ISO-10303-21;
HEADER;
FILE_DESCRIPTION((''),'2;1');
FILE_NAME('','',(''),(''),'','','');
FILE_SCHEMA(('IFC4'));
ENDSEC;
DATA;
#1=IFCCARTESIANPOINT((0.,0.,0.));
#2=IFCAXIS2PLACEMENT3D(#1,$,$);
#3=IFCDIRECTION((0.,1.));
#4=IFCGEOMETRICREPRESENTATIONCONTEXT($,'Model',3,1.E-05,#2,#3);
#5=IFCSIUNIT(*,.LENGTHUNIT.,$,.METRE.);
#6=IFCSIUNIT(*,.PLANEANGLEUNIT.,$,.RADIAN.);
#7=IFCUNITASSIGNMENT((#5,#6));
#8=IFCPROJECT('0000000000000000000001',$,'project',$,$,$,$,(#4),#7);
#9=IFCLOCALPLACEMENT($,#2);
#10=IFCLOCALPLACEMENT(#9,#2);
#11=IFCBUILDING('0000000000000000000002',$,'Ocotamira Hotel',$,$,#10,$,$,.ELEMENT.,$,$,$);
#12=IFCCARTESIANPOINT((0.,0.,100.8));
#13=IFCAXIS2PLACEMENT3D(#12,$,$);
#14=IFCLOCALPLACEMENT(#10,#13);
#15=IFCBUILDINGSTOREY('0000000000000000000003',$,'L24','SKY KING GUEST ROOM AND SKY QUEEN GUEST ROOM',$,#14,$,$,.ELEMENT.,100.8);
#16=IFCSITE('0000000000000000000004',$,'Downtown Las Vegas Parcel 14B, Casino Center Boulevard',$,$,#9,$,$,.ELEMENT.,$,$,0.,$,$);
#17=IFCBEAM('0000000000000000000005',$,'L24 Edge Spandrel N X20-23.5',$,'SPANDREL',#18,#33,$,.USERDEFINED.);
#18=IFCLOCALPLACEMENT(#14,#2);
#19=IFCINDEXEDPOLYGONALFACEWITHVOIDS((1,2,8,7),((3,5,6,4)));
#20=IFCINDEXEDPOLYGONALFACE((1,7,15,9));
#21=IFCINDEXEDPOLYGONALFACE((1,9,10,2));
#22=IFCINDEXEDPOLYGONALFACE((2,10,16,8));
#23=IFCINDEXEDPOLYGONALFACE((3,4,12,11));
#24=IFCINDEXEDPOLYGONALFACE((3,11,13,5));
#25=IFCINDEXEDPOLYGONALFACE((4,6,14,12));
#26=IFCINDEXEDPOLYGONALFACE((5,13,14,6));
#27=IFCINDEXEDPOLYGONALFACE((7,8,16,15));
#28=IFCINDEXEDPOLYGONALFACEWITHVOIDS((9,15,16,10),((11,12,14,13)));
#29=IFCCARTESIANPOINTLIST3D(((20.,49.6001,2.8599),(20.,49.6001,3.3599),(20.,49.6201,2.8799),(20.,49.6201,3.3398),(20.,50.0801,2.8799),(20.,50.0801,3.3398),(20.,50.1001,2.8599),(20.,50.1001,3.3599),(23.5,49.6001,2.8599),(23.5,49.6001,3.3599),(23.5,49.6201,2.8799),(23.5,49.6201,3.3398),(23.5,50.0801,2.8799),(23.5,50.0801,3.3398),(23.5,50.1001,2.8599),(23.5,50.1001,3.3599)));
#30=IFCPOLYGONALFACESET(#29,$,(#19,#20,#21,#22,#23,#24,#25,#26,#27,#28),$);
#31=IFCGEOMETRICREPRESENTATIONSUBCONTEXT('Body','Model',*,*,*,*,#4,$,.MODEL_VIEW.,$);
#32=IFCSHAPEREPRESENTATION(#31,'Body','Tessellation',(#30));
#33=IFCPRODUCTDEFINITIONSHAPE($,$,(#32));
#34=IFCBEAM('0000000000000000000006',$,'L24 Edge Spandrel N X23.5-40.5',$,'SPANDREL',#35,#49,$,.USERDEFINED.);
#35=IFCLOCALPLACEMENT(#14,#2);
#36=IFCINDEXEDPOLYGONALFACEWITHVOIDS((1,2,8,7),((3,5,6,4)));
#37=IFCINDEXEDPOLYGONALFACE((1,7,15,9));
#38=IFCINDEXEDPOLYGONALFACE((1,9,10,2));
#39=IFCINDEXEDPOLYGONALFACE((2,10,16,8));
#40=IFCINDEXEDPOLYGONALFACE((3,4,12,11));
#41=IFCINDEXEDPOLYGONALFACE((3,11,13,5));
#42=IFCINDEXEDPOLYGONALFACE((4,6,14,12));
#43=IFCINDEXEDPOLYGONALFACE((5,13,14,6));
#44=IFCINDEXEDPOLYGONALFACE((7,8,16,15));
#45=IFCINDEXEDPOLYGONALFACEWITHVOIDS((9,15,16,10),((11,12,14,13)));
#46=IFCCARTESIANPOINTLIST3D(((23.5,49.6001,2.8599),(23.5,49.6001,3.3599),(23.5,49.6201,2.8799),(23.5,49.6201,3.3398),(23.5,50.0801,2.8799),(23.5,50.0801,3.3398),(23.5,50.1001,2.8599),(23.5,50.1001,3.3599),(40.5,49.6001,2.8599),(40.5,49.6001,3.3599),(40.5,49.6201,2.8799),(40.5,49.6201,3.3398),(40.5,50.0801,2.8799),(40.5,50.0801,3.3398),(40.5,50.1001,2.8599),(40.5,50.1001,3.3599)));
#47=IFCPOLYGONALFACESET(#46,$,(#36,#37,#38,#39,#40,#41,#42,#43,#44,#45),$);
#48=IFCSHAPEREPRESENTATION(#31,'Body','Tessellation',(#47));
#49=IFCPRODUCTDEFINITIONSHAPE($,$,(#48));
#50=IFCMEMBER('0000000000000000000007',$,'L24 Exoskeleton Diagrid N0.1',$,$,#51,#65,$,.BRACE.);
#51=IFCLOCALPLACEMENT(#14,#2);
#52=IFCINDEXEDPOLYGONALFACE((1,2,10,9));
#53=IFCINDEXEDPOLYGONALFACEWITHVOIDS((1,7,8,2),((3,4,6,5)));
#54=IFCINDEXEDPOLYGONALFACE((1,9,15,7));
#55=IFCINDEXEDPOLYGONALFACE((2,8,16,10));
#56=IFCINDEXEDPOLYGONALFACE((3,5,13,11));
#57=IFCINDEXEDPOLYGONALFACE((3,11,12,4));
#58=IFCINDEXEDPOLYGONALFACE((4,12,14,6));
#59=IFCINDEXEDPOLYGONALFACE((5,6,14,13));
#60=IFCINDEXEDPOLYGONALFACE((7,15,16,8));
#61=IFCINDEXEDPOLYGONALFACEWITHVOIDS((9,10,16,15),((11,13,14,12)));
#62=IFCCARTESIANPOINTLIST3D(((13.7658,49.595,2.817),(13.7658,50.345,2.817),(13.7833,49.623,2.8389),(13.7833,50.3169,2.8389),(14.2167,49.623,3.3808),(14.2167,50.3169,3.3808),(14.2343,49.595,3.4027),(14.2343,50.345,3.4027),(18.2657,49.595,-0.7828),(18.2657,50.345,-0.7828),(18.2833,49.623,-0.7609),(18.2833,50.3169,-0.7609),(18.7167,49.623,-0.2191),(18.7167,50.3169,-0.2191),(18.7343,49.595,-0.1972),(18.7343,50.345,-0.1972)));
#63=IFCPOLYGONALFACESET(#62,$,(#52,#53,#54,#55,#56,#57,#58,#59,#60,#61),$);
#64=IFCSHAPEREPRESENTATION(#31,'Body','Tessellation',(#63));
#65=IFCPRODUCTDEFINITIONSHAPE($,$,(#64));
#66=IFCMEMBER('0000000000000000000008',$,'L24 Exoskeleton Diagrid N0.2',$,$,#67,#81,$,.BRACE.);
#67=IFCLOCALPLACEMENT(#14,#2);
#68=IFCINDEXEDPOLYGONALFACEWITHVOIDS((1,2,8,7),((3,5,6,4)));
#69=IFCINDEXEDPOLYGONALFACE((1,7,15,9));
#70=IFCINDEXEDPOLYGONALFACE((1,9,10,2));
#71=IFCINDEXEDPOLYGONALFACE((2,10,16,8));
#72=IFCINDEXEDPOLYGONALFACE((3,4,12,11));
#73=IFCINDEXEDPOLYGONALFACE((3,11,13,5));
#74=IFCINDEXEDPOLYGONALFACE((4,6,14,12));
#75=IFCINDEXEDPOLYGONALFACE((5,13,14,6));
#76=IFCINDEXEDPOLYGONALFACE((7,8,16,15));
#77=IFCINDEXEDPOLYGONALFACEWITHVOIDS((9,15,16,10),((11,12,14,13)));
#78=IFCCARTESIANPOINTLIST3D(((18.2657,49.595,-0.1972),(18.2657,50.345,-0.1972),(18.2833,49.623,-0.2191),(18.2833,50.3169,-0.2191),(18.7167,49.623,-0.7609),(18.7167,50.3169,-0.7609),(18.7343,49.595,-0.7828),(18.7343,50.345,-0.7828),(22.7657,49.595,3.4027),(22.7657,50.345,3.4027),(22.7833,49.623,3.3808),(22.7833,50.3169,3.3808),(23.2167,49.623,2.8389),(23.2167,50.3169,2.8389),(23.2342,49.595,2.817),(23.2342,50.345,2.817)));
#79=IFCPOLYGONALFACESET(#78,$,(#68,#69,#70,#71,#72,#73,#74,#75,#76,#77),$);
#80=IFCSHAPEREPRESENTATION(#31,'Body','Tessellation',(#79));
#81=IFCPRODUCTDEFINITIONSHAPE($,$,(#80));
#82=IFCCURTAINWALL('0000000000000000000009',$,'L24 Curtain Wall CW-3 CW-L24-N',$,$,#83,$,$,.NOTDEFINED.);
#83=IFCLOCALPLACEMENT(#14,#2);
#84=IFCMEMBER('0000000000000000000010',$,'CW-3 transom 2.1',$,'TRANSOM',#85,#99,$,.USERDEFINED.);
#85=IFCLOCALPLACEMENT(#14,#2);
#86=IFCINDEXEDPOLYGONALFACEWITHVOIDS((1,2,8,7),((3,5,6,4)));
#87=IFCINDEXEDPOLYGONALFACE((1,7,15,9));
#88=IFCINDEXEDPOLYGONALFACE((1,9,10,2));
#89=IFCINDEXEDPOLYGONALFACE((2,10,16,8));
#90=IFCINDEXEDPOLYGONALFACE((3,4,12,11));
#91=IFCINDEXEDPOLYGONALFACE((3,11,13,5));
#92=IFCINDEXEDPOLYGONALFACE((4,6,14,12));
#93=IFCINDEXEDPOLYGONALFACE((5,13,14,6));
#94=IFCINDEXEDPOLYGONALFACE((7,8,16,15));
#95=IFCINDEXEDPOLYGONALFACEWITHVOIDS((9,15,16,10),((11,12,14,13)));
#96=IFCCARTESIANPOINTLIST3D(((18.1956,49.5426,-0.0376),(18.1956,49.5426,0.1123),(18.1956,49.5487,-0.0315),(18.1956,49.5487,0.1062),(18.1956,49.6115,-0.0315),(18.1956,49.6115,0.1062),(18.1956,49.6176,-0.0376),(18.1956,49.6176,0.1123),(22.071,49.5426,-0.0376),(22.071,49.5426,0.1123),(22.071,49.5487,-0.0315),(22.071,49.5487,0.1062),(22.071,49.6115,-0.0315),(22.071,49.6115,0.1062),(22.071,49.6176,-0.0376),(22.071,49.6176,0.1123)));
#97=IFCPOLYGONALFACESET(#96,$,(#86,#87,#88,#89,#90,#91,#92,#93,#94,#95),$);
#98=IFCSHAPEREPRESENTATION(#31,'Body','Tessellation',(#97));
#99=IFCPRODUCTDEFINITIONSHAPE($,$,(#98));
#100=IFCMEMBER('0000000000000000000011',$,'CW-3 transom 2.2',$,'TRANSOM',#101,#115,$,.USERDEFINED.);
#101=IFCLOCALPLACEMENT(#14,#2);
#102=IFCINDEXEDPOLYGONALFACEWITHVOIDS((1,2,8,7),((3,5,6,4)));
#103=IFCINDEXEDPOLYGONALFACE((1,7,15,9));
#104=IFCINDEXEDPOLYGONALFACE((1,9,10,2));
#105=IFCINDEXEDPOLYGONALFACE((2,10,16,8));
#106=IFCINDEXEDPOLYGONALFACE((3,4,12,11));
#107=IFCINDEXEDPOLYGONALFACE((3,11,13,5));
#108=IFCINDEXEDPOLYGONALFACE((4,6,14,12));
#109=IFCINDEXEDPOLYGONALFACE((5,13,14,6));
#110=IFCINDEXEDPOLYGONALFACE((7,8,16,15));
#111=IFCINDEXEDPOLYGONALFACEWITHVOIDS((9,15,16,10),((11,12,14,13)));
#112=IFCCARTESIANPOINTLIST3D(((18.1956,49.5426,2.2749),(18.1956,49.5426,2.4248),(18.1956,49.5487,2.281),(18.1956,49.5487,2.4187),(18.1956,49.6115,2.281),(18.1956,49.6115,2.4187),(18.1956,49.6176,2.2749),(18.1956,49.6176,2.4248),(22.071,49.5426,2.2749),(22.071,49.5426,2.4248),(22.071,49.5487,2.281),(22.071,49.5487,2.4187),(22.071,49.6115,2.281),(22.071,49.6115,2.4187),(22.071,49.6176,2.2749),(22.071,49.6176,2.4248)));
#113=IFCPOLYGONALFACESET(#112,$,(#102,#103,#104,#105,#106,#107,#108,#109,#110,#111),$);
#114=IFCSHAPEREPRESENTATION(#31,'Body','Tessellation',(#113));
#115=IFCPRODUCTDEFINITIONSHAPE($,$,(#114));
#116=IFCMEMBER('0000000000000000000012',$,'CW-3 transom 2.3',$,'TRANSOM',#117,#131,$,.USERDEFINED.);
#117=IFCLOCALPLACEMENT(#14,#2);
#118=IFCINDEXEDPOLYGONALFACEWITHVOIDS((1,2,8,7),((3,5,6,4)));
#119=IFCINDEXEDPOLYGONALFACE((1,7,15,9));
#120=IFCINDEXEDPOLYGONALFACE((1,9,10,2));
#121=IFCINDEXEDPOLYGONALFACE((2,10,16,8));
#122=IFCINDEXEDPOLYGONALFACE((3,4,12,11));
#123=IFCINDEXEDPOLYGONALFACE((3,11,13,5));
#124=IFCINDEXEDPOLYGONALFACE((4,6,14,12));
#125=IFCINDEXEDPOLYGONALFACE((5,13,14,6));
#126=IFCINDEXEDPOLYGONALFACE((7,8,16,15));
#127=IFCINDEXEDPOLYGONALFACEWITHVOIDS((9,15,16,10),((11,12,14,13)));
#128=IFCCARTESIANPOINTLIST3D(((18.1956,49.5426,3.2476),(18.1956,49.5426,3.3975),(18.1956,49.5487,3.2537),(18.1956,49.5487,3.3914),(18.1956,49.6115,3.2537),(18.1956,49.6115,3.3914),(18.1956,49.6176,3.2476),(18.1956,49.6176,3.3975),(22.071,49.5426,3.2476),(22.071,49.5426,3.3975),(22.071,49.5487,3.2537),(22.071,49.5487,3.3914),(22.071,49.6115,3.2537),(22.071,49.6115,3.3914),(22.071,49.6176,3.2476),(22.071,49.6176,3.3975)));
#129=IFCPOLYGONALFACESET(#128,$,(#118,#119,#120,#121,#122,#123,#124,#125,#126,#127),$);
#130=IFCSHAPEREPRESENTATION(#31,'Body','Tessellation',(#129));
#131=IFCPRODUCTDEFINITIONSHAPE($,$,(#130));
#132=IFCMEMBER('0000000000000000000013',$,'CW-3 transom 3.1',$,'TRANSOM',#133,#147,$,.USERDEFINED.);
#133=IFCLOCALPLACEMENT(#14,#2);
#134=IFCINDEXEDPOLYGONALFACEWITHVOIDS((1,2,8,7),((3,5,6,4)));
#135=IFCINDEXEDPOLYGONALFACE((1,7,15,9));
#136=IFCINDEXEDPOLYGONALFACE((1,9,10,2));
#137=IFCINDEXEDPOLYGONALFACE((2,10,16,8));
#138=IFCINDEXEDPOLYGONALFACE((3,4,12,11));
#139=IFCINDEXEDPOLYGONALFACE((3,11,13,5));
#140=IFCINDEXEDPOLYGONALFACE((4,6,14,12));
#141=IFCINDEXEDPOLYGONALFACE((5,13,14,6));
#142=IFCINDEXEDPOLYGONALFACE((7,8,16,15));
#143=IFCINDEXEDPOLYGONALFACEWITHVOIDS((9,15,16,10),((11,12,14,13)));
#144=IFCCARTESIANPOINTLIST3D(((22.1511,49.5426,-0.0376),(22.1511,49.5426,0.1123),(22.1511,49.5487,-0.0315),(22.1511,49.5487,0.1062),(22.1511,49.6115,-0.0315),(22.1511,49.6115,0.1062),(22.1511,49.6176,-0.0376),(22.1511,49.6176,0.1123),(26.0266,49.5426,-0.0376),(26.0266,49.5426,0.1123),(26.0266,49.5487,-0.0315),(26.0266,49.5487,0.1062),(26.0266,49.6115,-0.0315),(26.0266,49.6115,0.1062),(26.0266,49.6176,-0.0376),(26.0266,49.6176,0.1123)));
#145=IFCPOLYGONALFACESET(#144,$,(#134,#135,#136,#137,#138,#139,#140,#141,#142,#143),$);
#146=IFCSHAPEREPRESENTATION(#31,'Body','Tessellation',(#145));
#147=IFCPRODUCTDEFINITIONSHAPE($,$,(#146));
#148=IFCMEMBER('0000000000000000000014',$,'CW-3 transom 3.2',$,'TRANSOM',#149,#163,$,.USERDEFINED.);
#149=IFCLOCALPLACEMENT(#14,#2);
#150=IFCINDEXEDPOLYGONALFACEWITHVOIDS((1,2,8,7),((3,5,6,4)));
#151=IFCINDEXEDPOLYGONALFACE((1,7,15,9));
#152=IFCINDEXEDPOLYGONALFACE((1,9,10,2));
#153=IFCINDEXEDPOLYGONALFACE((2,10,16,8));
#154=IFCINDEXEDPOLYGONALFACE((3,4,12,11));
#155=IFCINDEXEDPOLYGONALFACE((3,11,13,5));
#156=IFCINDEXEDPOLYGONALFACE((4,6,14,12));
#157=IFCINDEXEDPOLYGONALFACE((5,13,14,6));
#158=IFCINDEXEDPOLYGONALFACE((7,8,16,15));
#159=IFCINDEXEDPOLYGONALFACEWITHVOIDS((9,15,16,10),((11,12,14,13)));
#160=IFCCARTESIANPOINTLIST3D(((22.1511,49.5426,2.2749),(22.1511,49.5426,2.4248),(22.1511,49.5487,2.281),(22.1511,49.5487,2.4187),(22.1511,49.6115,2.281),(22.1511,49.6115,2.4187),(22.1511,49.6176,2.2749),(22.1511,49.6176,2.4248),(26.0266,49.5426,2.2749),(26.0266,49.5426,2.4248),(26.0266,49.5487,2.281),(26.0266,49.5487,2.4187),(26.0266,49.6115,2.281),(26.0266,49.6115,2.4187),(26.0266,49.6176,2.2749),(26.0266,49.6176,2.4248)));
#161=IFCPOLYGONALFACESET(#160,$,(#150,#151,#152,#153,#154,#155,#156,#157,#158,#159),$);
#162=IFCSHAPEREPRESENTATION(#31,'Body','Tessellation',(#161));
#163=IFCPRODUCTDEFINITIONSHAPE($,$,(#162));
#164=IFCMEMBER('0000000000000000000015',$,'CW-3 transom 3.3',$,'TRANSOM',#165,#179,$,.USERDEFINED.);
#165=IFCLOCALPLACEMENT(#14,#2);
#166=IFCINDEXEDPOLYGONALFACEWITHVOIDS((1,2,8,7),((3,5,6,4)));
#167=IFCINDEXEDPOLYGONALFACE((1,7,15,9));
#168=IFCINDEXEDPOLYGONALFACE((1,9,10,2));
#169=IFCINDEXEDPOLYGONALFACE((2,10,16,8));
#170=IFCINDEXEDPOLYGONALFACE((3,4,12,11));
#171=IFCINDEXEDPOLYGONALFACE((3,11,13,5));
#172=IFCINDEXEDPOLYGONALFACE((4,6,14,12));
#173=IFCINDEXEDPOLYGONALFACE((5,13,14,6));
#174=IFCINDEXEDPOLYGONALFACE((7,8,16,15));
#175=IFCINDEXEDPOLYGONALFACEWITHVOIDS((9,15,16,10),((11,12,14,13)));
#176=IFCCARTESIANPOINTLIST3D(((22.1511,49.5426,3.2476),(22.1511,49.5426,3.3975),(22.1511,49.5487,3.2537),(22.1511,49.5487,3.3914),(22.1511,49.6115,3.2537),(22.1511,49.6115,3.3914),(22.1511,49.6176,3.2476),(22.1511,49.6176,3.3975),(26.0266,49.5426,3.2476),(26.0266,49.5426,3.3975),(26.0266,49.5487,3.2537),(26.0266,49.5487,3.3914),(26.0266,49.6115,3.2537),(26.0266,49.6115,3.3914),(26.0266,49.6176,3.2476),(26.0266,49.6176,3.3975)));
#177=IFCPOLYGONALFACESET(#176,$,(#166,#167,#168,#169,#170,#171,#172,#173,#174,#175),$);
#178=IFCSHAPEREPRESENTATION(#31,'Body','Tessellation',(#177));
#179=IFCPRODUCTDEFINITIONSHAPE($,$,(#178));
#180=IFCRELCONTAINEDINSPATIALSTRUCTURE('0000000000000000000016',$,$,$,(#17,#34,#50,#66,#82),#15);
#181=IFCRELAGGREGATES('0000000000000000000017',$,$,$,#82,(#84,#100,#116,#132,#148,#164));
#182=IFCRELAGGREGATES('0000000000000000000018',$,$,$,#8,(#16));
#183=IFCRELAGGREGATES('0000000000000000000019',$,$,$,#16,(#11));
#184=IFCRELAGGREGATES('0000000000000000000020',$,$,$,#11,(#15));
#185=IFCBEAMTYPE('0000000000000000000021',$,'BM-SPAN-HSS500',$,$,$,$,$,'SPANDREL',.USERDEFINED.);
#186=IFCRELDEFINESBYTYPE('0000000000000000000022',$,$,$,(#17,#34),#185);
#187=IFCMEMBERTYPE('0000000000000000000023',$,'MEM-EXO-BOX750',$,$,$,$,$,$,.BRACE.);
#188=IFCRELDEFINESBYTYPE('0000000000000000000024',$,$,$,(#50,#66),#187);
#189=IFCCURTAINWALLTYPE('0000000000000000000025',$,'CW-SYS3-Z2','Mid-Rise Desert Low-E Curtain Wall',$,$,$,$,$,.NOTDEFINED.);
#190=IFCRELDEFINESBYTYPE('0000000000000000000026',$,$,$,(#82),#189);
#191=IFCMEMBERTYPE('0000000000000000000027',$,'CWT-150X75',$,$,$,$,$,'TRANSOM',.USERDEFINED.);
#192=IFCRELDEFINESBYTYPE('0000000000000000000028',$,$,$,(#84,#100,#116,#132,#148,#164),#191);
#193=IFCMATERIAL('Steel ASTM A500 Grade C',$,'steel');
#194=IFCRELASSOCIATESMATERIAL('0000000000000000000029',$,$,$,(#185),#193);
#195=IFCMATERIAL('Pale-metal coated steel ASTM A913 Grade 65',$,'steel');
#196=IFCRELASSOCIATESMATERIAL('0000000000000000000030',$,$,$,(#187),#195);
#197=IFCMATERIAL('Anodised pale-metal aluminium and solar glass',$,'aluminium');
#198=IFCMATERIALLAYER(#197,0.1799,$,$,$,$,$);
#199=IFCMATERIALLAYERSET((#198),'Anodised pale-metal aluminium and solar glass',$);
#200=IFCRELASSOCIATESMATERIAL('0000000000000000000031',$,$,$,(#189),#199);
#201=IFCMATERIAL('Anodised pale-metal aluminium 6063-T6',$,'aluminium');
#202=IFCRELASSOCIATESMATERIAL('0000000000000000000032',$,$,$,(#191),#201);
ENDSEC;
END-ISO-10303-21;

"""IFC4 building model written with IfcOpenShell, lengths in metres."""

from ifc_helpers import new_model, si_unit, direction, frame, origin, origin_2d, place, context, subcontext, project, spatial, hollow_rectangle, extrude, source, transform, mapped, material, layer, layer_set, material_profile, profile_set, type_object, element, aggregate, save


model = new_model("IFC4")

# Units and contexts
model_context = context("Model", 3, precision=1e-05, world=origin(), true_north=direction((0.0, 1.0)))
body_context = subcontext(model_context, "Body", "Model", "MODEL_VIEW")
ifc_project = project(units=[si_unit("LENGTHUNIT", "METRE"), si_unit("PLANEANGLEUNIT", "RADIAN")], contexts=[model_context])

# Site, building, storey
site_placement = place(None, origin())
site = spatial("IfcSite", under=ifc_project, at=site_placement, Name="Downtown Las Vegas Parcel 14B, Casino Center Boulevard", CompositionType="ELEMENT", RefElevation=0.0)
building_placement = place(site_placement, origin())
building = spatial("IfcBuilding", under=site, at=building_placement, Name="Ocotamira Hotel", CompositionType="ELEMENT")
storey_placement = place(building_placement, frame((0.0, 0.0, 100.8)))
storey = spatial("IfcBuildingStorey", under=building, at=storey_placement, Name="L24", Description="SKY KING GUEST ROOM AND SKY QUEEN GUEST ROOM", CompositionType="ELEMENT", Elevation=100.8)

# Beams
ifc_material_1 = material(Name="Steel ASTM A500 Grade C", Category="steel")
ifc_material_profile_1 = material_profile(ifc_material_1, hollow_rectangle(XDim=0.5, YDim=0.5, WallThickness=0.02, at=origin_2d()), Name="HSS500X500X20")
ifc_profile_set_1 = profile_set([ifc_material_profile_1], Name="Steel ASTM A500 Grade C")
beam_type_1 = type_object("IfcBeamType", Name="BM-SPAN-HSS500", ElementType="SPANDREL", PredefinedType="USERDEFINED", material=ifc_profile_set_1)
shared_shape_1 = source(origin(), body_context, "Body", "SweptSolid", [
    extrude(hollow_rectangle(XDim=0.5, YDim=0.5, WallThickness=0.02, at=origin_2d()), origin(), (0.0, 0.0, 1.0), 3.5),
])
beam_1_placement = place(storey_placement, frame((20.0, 49.8501, 3.1099), z_axis=(1.0, 0.0, 0.0), x_axis=(0.0, 1.0, 0.0)))
element("IfcBeam", 1, at=beam_1_placement, inside=storey, type_object=beam_type_1, Name="L24 Edge Spandrel N X20-23.5", ObjectType="SPANDREL", PredefinedType="USERDEFINED", context=body_context, shape_type="MappedRepresentation", body=[
    mapped(shared_shape_1, transform((0.0, 0.0, 0.0), scale=1.0)),
])
shared_shape_2 = source(origin(), body_context, "Body", "SweptSolid", [
    extrude(hollow_rectangle(XDim=0.5, YDim=0.5, WallThickness=0.02, at=origin_2d()), origin(), (0.0, 0.0, 1.0), 17.0),
])
beam_2_placement = place(storey_placement, frame((23.5, 49.8501, 3.1099), z_axis=(1.0, 0.0, 0.0), x_axis=(0.0, 1.0, 0.0)))
element("IfcBeam", 2, at=beam_2_placement, inside=storey, type_object=beam_type_1, Name="L24 Edge Spandrel N X23.5-40.5", ObjectType="SPANDREL", PredefinedType="USERDEFINED", context=body_context, shape_type="MappedRepresentation", body=[
    mapped(shared_shape_2, transform((0.0, 0.0, 0.0), scale=1.0)),
])

# Members
ifc_material_2 = material(Name="Pale-metal coated steel ASTM A913 Grade 65", Category="steel")
ifc_material_profile_2 = material_profile(ifc_material_2, hollow_rectangle(XDim=0.75, YDim=0.75, WallThickness=0.0281, at=origin_2d()), Name="BOX750X750X28")
ifc_profile_set_2 = profile_set([ifc_material_profile_2], Name="Pale-metal coated steel ASTM A913 Grade 65")
member_type_1 = type_object("IfcMemberType", Name="MEM-EXO-BOX750", PredefinedType="BRACE", material=ifc_profile_set_2)
shared_shape_3 = source(origin(), body_context, "Body", "SweptSolid", [
    extrude(hollow_rectangle(XDim=0.75, YDim=0.75, WallThickness=0.0281, at=origin_2d()), origin(), (0.0, 0.0, 1.0), 5.7627),
])
for number, where, z_axis, x_axis, name in (
    (3, (18.5, 49.97, -0.49), (-0.780881, 0.0, 0.62468), (0.0, -1.0, 0.0), "L24 Exoskeleton Diagrid N0.1"),
    (4, (18.5, 49.97, -0.49), (0.780881, 0.0, 0.62468), (0.0, 1.0, 0.0), "L24 Exoskeleton Diagrid N0.2"),
):
    element("IfcMember", number, at=place(storey_placement, frame(where, z_axis=z_axis, x_axis=x_axis)), inside=storey, type_object=member_type_1, Name=name, PredefinedType="BRACE", context=body_context, shape_type="MappedRepresentation", body=[
        mapped(shared_shape_3, transform((0.0, 0.0, 0.0), scale=1.0)),
    ])

# Curtain wall, members
ifc_material_3 = material(Name="Anodised pale-metal aluminium and solar glass", Category="aluminium")
ifc_layer_1 = layer(ifc_material_3, 0.1799)
ifc_layer_set_1 = layer_set([ifc_layer_1], Name="Anodised pale-metal aluminium and solar glass")
curtain_wall_type = type_object("IfcCurtainWallType", Name="CW-SYS3-Z2", Description="Mid-Rise Desert Low-E Curtain Wall", PredefinedType="NOTDEFINED", material=ifc_layer_set_1)
curtain_wall_placement = place(storey_placement, origin())
curtain_wall = element("IfcCurtainWall", 5, at=curtain_wall_placement, inside=storey, type_object=curtain_wall_type, Name="L24 Curtain Wall CW-3 CW-L24-N", PredefinedType="NOTDEFINED")
ifc_material_4 = material(Name="Anodised pale-metal aluminium 6063-T6", Category="aluminium")
ifc_material_profile_3 = material_profile(ifc_material_4, hollow_rectangle(XDim=0.075, YDim=0.1499, WallThickness=0.0061, at=origin_2d()), Name="HSS150X75X6")
ifc_profile_set_3 = profile_set([ifc_material_profile_3], Name="Anodised pale-metal aluminium 6063-T6")
member_type_2 = type_object("IfcMemberType", Name="CWT-150X75", ElementType="TRANSOM", PredefinedType="USERDEFINED", material=ifc_profile_set_3)
shared_shape_4 = source(origin(), body_context, "Body", "SweptSolid", [
    extrude(hollow_rectangle(XDim=0.075, YDim=0.1499, WallThickness=0.0061, at=origin_2d()), origin(), (0.0, 0.0, 1.0), 3.8755),
])
member_1_placement = place(storey_placement, frame((18.1956, 49.5801, 0.0374), z_axis=(1.0, 0.0, 0.0), x_axis=(0.0, 1.0, 0.0)))
member_1 = element("IfcMember", 6, at=member_1_placement, type_object=member_type_2, Name="CW-3 transom 2.1", ObjectType="TRANSOM", PredefinedType="USERDEFINED", context=body_context, shape_type="MappedRepresentation", body=[
    mapped(shared_shape_4, transform((0.0, 0.0, 0.0), scale=1.0)),
])
member_2_placement = place(storey_placement, frame((18.1956, 49.5801, 2.3499), z_axis=(1.0, 0.0, 0.0), x_axis=(0.0, 1.0, 0.0)))
member_2 = element("IfcMember", 7, at=member_2_placement, type_object=member_type_2, Name="CW-3 transom 2.2", ObjectType="TRANSOM", PredefinedType="USERDEFINED", context=body_context, shape_type="MappedRepresentation", body=[
    mapped(shared_shape_4, transform((0.0, 0.0, 0.0), scale=1.0)),
])
member_3_placement = place(storey_placement, frame((18.1956, 49.5801, 3.3225), z_axis=(1.0, 0.0, 0.0), x_axis=(0.0, 1.0, 0.0)))
member_3 = element("IfcMember", 8, at=member_3_placement, type_object=member_type_2, Name="CW-3 transom 2.3", ObjectType="TRANSOM", PredefinedType="USERDEFINED", context=body_context, shape_type="MappedRepresentation", body=[
    mapped(shared_shape_4, transform((0.0, 0.0, 0.0), scale=1.0)),
])
member_4_placement = place(storey_placement, frame((22.1511, 49.5801, 0.0374), z_axis=(1.0, 0.0, 0.0), x_axis=(0.0, 1.0, 0.0)))
member_4 = element("IfcMember", 9, at=member_4_placement, type_object=member_type_2, Name="CW-3 transom 3.1", ObjectType="TRANSOM", PredefinedType="USERDEFINED", context=body_context, shape_type="MappedRepresentation", body=[
    mapped(shared_shape_4, transform((0.0, 0.0, 0.0), scale=1.0)),
])
member_5_placement = place(storey_placement, frame((22.1511, 49.5801, 2.3499), z_axis=(1.0, 0.0, 0.0), x_axis=(0.0, 1.0, 0.0)))
member_5 = element("IfcMember", 10, at=member_5_placement, type_object=member_type_2, Name="CW-3 transom 3.2", ObjectType="TRANSOM", PredefinedType="USERDEFINED", context=body_context, shape_type="MappedRepresentation", body=[
    mapped(shared_shape_4, transform((0.0, 0.0, 0.0), scale=1.0)),
])
member_6_placement = place(storey_placement, frame((22.1511, 49.5801, 3.3225), z_axis=(1.0, 0.0, 0.0), x_axis=(0.0, 1.0, 0.0)))
member_6 = element("IfcMember", 11, at=member_6_placement, type_object=member_type_2, Name="CW-3 transom 3.3", ObjectType="TRANSOM", PredefinedType="USERDEFINED", context=body_context, shape_type="MappedRepresentation", body=[
    mapped(shared_shape_4, transform((0.0, 0.0, 0.0), scale=1.0)),
])

aggregate(curtain_wall, [member_1, member_2, member_3, member_4, member_5, member_6])

save(model, "model.ifc")
